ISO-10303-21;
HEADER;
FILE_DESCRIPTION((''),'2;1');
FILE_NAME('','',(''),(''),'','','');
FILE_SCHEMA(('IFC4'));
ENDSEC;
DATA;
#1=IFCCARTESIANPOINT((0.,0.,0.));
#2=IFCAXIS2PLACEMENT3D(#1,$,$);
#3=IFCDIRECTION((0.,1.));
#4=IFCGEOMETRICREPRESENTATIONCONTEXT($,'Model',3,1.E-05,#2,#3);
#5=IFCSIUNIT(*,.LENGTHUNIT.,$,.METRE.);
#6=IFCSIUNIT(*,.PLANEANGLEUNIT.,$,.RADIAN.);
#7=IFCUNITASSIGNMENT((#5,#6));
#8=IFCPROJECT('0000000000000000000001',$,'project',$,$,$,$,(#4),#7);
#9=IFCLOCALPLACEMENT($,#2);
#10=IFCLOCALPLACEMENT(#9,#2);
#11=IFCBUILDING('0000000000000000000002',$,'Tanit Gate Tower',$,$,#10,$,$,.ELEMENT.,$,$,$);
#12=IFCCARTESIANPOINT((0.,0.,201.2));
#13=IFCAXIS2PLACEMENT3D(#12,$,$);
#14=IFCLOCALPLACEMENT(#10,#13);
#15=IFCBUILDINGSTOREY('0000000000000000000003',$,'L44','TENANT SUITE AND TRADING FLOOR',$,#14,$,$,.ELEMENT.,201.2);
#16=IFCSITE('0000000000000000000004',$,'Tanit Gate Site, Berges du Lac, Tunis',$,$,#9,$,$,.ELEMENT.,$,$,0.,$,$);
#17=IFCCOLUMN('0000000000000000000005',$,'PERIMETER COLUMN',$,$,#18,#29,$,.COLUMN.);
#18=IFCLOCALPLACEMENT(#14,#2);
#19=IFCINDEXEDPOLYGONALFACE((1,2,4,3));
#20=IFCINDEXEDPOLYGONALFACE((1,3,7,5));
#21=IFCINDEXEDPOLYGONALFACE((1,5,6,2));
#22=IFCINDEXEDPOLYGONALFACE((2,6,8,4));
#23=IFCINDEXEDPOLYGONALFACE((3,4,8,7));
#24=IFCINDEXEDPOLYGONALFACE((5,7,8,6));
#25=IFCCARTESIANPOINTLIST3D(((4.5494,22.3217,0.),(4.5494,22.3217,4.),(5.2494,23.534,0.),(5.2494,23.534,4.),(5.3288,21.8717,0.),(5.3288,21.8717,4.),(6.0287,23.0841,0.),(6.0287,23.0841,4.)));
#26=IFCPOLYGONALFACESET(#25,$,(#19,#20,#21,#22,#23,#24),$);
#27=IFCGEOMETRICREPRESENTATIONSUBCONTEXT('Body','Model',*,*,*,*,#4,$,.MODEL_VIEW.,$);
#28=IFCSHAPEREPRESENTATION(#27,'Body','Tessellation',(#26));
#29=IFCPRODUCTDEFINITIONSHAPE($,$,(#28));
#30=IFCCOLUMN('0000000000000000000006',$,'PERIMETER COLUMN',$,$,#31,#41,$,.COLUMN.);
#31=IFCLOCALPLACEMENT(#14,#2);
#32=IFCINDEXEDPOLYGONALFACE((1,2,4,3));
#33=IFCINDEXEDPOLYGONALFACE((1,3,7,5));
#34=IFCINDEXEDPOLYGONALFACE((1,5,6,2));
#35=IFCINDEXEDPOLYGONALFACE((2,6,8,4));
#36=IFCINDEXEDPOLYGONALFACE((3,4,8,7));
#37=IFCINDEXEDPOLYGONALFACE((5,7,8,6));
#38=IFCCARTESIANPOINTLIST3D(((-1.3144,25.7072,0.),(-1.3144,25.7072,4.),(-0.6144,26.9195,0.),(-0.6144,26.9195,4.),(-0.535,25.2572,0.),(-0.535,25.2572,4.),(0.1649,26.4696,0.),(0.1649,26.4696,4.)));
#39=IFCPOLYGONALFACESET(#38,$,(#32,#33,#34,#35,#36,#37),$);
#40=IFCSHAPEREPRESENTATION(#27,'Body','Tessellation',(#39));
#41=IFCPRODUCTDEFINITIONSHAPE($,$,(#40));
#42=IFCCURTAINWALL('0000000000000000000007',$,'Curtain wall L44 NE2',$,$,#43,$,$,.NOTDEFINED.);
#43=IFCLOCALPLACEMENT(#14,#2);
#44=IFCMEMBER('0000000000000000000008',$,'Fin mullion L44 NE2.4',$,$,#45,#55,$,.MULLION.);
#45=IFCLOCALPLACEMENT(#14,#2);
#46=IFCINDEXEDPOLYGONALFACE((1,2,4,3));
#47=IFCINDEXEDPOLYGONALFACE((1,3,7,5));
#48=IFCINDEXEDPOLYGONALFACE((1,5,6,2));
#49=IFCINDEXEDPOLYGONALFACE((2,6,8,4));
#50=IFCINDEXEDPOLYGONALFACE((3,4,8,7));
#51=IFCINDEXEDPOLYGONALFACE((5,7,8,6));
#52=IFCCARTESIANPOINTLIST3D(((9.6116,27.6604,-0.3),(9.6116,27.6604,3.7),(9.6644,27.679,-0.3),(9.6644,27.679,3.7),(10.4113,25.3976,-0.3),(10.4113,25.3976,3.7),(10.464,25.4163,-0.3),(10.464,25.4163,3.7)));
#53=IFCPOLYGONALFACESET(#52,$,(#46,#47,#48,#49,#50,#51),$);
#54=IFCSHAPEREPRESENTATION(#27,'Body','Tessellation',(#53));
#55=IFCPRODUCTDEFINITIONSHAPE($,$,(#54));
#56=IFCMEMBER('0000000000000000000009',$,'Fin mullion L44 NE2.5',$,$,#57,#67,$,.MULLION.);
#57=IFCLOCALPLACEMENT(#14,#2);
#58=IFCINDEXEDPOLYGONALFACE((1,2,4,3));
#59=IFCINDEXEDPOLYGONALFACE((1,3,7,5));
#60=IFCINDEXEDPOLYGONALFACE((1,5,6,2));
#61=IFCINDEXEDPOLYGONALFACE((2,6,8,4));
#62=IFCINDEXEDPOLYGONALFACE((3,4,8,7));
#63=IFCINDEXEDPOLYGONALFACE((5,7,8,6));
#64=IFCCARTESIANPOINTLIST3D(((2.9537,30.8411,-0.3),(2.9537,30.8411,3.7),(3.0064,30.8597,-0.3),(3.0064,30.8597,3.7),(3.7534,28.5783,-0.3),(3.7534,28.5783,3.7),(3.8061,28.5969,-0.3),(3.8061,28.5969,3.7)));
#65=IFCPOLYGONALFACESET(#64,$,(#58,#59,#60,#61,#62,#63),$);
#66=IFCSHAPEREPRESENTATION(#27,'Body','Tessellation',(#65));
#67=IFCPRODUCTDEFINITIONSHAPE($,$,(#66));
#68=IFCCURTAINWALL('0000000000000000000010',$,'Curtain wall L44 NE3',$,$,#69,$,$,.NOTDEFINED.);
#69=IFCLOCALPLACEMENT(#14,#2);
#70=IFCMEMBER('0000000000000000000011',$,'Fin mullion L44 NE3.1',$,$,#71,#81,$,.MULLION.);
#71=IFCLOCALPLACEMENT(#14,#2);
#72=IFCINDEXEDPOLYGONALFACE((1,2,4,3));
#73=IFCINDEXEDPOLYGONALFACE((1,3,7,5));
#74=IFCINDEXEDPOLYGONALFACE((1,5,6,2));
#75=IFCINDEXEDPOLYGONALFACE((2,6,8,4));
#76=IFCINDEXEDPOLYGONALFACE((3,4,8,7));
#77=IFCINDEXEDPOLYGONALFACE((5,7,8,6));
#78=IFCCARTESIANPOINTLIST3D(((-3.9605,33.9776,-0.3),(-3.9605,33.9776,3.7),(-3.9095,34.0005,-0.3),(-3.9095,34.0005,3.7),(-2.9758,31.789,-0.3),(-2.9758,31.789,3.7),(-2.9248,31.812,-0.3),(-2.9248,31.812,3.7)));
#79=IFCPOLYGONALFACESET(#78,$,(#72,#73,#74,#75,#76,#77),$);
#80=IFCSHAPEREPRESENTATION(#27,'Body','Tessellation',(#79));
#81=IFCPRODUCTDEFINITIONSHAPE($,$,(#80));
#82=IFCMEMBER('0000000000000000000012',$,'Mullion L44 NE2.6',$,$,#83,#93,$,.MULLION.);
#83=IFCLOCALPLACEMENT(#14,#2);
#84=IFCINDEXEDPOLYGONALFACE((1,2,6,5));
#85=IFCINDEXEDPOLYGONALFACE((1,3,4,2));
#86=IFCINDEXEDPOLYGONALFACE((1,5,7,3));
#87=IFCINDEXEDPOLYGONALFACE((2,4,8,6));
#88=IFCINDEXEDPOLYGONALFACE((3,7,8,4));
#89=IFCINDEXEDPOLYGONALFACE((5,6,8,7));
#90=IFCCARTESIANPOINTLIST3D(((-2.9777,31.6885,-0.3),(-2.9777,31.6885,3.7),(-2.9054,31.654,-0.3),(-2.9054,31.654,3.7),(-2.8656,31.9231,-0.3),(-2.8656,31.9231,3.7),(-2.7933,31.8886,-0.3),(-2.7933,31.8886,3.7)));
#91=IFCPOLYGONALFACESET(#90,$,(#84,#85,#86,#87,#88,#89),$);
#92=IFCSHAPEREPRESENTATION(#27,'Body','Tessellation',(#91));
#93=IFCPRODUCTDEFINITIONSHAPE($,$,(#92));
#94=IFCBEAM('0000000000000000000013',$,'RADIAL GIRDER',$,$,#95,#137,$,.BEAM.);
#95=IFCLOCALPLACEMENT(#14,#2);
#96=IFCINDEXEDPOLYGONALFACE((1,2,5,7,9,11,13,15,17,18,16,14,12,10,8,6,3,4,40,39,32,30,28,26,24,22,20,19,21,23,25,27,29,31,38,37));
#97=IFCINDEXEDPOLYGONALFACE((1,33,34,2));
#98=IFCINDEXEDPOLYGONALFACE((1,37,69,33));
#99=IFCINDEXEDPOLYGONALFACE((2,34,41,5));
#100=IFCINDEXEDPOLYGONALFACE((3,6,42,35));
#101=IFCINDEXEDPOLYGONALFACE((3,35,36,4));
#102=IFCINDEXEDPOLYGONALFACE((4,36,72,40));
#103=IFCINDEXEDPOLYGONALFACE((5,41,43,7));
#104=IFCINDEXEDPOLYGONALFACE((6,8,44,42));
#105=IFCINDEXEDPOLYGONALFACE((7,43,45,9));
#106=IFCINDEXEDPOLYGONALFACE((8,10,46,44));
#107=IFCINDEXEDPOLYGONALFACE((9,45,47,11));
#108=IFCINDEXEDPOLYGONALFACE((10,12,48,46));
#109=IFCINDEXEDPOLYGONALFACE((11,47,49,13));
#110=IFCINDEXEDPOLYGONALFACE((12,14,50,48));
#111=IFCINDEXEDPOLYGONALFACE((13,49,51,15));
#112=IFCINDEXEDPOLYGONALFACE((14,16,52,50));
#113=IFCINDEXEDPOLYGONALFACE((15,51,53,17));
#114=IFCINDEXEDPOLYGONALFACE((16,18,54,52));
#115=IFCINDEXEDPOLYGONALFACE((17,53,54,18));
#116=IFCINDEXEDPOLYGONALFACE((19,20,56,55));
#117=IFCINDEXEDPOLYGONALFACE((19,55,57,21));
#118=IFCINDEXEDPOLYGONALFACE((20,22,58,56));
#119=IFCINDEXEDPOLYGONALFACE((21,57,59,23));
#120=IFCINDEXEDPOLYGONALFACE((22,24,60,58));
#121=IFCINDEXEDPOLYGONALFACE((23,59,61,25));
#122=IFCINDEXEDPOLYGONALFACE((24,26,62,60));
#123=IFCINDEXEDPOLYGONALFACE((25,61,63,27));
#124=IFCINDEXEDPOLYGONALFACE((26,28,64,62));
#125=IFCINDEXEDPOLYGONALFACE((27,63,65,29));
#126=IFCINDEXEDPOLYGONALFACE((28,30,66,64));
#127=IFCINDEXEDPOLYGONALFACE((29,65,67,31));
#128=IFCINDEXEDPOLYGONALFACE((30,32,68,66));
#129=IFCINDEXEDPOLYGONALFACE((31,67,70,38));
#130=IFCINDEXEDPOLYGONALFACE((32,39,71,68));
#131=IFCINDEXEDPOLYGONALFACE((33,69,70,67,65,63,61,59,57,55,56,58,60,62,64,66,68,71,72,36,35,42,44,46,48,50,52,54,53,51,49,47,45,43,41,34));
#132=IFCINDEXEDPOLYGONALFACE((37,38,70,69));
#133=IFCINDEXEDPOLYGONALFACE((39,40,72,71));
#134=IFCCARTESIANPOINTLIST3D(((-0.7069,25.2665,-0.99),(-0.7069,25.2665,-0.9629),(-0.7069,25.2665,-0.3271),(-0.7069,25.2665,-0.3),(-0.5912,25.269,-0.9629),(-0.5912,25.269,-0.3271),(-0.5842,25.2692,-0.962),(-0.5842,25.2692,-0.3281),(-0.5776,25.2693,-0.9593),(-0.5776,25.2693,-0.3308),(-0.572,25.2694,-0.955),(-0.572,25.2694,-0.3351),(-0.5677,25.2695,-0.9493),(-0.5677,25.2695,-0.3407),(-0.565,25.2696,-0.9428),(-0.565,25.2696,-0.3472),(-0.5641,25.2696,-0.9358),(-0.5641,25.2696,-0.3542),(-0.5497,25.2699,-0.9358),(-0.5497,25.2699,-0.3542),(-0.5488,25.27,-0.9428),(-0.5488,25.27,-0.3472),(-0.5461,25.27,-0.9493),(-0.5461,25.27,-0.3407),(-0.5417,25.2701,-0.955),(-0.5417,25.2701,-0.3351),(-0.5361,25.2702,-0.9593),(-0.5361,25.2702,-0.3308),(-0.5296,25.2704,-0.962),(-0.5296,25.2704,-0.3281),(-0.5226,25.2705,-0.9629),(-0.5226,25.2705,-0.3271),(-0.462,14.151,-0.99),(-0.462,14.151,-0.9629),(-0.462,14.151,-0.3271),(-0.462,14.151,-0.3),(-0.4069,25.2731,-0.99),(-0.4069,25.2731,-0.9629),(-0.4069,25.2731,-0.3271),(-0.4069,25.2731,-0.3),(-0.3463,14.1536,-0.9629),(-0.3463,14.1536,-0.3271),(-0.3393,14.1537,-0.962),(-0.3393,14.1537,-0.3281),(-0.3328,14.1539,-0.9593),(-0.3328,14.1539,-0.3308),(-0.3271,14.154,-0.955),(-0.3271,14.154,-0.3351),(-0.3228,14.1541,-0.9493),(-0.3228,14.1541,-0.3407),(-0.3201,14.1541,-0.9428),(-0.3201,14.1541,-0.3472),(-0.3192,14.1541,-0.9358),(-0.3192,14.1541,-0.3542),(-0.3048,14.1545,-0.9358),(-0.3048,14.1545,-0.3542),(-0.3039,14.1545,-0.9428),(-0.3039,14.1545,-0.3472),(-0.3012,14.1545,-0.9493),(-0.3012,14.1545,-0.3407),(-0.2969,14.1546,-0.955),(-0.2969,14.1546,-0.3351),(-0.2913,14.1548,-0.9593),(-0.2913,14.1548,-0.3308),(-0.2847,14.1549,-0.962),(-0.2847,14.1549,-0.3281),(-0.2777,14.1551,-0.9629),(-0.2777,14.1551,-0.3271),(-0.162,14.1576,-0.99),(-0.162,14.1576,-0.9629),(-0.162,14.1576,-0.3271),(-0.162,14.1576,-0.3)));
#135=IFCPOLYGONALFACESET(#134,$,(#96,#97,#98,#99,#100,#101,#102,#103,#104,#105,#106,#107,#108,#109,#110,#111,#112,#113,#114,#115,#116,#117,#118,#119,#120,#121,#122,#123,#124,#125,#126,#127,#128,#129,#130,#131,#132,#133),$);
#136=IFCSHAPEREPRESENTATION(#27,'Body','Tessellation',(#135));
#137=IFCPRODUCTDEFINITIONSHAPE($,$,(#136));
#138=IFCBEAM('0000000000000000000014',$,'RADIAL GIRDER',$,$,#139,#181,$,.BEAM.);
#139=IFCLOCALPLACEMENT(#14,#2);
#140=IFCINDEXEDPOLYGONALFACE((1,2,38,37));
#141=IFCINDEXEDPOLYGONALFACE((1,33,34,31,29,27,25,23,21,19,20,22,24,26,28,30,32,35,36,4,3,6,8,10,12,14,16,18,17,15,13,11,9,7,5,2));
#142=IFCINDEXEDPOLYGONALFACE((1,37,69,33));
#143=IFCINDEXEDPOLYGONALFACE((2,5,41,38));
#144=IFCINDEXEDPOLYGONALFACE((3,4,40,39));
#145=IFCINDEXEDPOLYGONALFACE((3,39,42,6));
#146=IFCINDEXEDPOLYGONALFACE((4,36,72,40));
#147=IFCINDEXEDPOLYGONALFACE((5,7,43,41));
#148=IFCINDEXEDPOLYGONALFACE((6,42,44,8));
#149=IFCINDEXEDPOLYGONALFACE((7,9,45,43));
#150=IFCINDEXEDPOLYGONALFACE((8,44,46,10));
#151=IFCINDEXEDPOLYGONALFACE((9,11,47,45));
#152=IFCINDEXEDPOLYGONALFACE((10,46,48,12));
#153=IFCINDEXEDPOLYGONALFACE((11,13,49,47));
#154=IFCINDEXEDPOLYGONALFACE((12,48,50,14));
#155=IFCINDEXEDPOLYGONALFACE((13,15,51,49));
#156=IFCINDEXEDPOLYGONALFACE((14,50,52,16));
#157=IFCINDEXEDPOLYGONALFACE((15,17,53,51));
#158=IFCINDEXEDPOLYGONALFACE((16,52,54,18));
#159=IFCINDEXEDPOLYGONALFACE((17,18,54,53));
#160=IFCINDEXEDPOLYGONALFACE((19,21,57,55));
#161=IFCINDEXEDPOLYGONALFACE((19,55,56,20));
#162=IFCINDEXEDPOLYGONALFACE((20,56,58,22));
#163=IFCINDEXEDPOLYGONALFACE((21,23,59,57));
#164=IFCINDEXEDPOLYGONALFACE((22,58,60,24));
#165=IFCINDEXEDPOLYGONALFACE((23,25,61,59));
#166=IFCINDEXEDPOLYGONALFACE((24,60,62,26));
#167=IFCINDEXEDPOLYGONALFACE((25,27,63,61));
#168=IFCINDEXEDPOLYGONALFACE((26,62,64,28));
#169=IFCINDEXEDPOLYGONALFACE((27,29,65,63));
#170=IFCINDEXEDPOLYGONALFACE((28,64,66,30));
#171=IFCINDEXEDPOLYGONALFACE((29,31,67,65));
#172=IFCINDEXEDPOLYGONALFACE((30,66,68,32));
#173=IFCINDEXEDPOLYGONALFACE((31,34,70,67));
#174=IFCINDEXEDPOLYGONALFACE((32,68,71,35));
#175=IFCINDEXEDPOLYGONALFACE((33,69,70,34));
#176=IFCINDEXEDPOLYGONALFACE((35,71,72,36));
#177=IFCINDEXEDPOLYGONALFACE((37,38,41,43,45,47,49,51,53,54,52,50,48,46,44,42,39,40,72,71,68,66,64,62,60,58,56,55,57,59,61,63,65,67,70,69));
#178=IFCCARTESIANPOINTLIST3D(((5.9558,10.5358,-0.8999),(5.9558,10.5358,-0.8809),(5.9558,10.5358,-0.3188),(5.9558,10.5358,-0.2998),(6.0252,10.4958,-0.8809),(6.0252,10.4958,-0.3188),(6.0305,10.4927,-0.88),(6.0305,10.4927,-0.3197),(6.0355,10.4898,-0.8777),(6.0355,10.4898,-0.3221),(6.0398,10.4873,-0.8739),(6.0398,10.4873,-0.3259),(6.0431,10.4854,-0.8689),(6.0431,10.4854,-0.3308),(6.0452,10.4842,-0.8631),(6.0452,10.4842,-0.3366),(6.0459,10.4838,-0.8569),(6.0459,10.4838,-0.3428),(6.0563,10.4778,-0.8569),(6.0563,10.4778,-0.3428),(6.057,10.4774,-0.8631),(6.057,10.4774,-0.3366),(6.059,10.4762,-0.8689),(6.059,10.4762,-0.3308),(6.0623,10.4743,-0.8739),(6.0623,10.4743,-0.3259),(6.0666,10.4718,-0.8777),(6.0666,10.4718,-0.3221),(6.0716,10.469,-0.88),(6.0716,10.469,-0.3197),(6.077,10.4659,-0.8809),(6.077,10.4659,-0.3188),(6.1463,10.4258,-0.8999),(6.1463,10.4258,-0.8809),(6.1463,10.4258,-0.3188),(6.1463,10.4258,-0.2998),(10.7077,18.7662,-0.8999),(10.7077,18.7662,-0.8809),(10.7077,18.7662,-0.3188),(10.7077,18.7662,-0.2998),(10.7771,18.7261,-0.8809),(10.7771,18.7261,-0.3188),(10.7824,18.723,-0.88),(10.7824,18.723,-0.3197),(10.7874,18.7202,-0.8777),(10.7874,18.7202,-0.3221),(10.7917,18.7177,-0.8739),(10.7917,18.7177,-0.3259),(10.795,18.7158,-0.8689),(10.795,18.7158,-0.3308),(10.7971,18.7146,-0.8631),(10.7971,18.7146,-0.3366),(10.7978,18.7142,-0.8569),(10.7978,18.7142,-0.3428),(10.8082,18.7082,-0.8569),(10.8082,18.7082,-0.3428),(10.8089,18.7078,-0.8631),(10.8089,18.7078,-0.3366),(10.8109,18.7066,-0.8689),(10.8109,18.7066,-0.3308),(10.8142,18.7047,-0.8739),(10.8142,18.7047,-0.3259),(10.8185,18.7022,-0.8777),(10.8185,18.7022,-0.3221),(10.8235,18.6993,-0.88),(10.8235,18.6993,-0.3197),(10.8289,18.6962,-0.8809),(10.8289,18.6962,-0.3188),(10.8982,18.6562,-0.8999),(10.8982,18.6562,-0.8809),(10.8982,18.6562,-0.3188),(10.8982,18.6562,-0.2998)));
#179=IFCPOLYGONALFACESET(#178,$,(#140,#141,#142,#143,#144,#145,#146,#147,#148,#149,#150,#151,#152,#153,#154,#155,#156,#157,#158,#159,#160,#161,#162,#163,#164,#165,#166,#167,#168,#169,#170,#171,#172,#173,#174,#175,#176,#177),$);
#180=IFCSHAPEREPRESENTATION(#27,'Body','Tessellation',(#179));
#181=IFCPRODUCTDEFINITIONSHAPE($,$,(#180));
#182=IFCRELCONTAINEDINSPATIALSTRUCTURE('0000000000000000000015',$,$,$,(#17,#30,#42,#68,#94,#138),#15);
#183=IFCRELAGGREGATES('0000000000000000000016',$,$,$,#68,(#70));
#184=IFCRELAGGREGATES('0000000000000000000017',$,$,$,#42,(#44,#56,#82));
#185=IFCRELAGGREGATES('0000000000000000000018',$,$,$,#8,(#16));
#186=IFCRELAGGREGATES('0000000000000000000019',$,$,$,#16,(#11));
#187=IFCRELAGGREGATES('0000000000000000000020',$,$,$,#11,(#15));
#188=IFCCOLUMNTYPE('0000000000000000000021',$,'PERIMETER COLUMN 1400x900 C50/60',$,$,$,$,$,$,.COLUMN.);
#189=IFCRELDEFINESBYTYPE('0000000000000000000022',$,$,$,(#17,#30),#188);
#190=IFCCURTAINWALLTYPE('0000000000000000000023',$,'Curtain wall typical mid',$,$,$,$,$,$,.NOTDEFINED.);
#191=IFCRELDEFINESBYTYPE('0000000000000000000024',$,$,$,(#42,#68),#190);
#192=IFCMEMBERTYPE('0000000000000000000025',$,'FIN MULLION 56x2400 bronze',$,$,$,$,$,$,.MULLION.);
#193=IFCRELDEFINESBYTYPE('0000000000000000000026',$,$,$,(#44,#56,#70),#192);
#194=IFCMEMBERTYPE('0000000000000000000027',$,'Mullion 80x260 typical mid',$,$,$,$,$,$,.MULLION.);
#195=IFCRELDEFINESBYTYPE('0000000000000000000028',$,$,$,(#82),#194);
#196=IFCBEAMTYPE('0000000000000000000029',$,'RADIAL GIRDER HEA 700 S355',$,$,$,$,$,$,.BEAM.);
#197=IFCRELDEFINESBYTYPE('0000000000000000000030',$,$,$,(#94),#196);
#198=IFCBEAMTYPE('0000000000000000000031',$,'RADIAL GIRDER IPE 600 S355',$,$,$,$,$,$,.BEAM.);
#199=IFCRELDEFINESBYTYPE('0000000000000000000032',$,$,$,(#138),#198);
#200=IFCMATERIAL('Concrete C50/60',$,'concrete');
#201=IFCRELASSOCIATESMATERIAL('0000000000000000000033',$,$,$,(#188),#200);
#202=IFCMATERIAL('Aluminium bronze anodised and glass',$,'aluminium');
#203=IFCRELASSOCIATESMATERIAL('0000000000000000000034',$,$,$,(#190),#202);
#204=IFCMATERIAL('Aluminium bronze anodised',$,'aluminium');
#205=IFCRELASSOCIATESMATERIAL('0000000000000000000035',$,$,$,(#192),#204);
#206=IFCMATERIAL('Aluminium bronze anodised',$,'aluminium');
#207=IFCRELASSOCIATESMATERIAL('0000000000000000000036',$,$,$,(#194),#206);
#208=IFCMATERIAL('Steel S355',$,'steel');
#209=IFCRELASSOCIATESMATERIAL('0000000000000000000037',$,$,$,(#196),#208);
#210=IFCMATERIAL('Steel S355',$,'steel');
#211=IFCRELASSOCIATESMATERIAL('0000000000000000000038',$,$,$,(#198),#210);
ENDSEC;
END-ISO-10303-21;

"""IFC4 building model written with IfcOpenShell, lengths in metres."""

from ifc_helpers import new_model, si_unit, direction, frame, origin, origin_2d, place, context, subcontext, project, spatial, rectangle, i_section, extrude, material, material_profile, profile_set, type_object, element, aggregate, save


model = new_model("IFC4")

# Units and contexts
model_context = context("Model", 3, precision=1e-05, world=origin(), true_north=direction((0.0, 1.0)))
body_context = subcontext(model_context, "Body", "Model", "MODEL_VIEW")
ifc_project = project(units=[si_unit("LENGTHUNIT", "METRE"), si_unit("PLANEANGLEUNIT", "RADIAN")], contexts=[model_context])

# Site, building, storey
site_placement = place(None, origin())
site = spatial("IfcSite", under=ifc_project, at=site_placement, Name="Tanit Gate Site, Berges du Lac, Tunis", CompositionType="ELEMENT", RefElevation=0.0)
building_placement = place(site_placement, origin())
building = spatial("IfcBuilding", under=site, at=building_placement, Name="Tanit Gate Tower", CompositionType="ELEMENT")
storey_placement = place(building_placement, frame((0.0, 0.0, 201.2)))
storey = spatial("IfcBuildingStorey", under=building, at=storey_placement, Name="L44", Description="TENANT SUITE AND TRADING FLOOR", CompositionType="ELEMENT", Elevation=201.2)

# Columns
ifc_material_1 = material(Name="Concrete C50/60", Category="concrete")
ifc_material_profile_1 = material_profile(ifc_material_1, rectangle(XDim=1.3999, YDim=0.8999, at=origin_2d()), Name="RC 1400x900")
ifc_profile_set_1 = profile_set([ifc_material_profile_1], Name="Concrete C50/60")
column_type = type_object("IfcColumnType", Name="PERIMETER COLUMN 1400x900 C50/60", PredefinedType="COLUMN", material=ifc_profile_set_1)
for number, where, z_axis, x_axis, name in (
    (1, (5.2891, 22.7029, 0.0), (0.0, 0.0, 1.0), (0.5, 0.866025, 0.0), "PERIMETER COLUMN"),
    (2, (-0.5747, 26.0884, 0.0), (0.0, 0.0, 1.0), (0.5, 0.866025, 0.0), "PERIMETER COLUMN"),
):
    element("IfcColumn", number, at=place(storey_placement, frame(where, z_axis=z_axis, x_axis=x_axis)), inside=storey, type_object=column_type, Name=name, PredefinedType="COLUMN", context=body_context, shape_type="SweptSolid", body=[
        extrude(rectangle(XDim=1.3999, YDim=0.8999, at=origin_2d()), origin(), (0.0, 0.0, 1.0), 4.0),
    ])

# Curtain wall, members
ifc_material_2 = material(Name="Aluminium bronze anodised and glass", Category="aluminium")
curtain_wall_type = type_object("IfcCurtainWallType", Name="Curtain wall typical mid", PredefinedType="NOTDEFINED", material=ifc_material_2)
curtain_wall_1_placement = place(storey_placement, origin())
curtain_wall_1 = element("IfcCurtainWall", 3, at=curtain_wall_1_placement, inside=storey, type_object=curtain_wall_type, Name="Curtain wall L44 NE2", PredefinedType="NOTDEFINED")
ifc_material_3 = material(Name="Aluminium bronze anodised", Category="aluminium")
ifc_material_profile_2 = material_profile(ifc_material_3, rectangle(XDim=2.3999, YDim=0.0559, at=origin_2d()), Name="56x2400 bronze fin mullion")
ifc_profile_set_2 = profile_set([ifc_material_profile_2], Name="Aluminium bronze anodised")
member_type_1 = type_object("IfcMemberType", Name="FIN MULLION 56x2400 bronze", PredefinedType="MULLION", material=ifc_profile_set_2)
member_1_placement = place(storey_placement, frame((10.0378, 26.5383, -0.3), z_axis=(0.0, 0.0, 1.0), x_axis=(0.33322, -0.942849, 0.0)))
member_1 = element("IfcMember", 4, at=member_1_placement, type_object=member_type_1, Name="Fin mullion L44 NE2.4", PredefinedType="MULLION", context=body_context, shape_type="SweptSolid", body=[
    extrude(rectangle(XDim=2.3999, YDim=0.0559, at=origin_2d()), origin(), (0.0, 0.0, 1.0), 4.0),
])
member_2_placement = place(storey_placement, frame((3.3799, 29.719, -0.3), z_axis=(0.0, 0.0, 1.0), x_axis=(0.33322, -0.942849, 0.0)))
member_2 = element("IfcMember", 5, at=member_2_placement, type_object=member_type_1, Name="Fin mullion L44 NE2.5", PredefinedType="MULLION", context=body_context, shape_type="SweptSolid", body=[
    extrude(rectangle(XDim=2.3999, YDim=0.0559, at=origin_2d()), origin(), (0.0, 0.0, 1.0), 4.0),
])

# Curtain wall, member
curtain_wall_2_placement = place(storey_placement, origin())
curtain_wall_2 = element("IfcCurtainWall", 6, at=curtain_wall_2_placement, inside=storey, type_object=curtain_wall_type, Name="Curtain wall L44 NE3", PredefinedType="NOTDEFINED")
member_3_placement = place(storey_placement, frame((-3.4426, 32.8948, -0.3), z_axis=(0.0, 0.0, 1.0), x_axis=(0.41031, -0.911946, 0.0)))
member_3 = element("IfcMember", 7, at=member_3_placement, type_object=member_type_1, Name="Fin mullion L44 NE3.1", PredefinedType="MULLION", context=body_context, shape_type="SweptSolid", body=[
    extrude(rectangle(XDim=2.3999, YDim=0.0559, at=origin_2d()), origin(), (0.0, 0.0, 1.0), 4.0),
])

# Member
ifc_material_4 = material(Name="Aluminium bronze anodised", Category="aluminium")
ifc_material_profile_3 = material_profile(ifc_material_4, rectangle(XDim=0.26, YDim=0.0801, at=origin_2d()), Name="80x260 bronze mullion")
ifc_profile_set_3 = profile_set([ifc_material_profile_3], Name="Aluminium bronze anodised")
member_type_2 = type_object("IfcMemberType", Name="Mullion 80x260 typical mid", PredefinedType="MULLION", material=ifc_profile_set_3)
member_4_placement = place(storey_placement, frame((-2.8855, 31.7886, -0.3), z_axis=(0.0, 0.0, 1.0), x_axis=(-0.431073, -0.902317, 0.0)))
member_4 = element("IfcMember", 8, at=member_4_placement, type_object=member_type_2, Name="Mullion L44 NE2.6", PredefinedType="MULLION", context=body_context, shape_type="SweptSolid", body=[
    extrude(rectangle(XDim=0.26, YDim=0.0801, at=origin_2d()), origin(), (0.0, 0.0, 1.0), 4.0),
])

# Beams
ifc_material_5 = material(Name="Steel S355", Category="steel")
ifc_material_profile_4 = material_profile(ifc_material_5, i_section(OverallWidth=0.3, OverallDepth=0.6899, WebThickness=0.0144, FlangeThickness=0.0271, FilletRadius=0.0271, at=origin_2d()), Name="HEA 700")
ifc_profile_set_4 = profile_set([ifc_material_profile_4], Name="Steel S355")
beam_type_1 = type_object("IfcBeamType", Name="RADIAL GIRDER HEA 700 S355", PredefinedType="BEAM", material=ifc_profile_set_4)
beam_1_placement = place(storey_placement, frame((-0.5569, 25.2698, -0.645), z_axis=(0.022025, -0.999757, 0.0), x_axis=(0.999757, 0.022025, 0.0)))
element("IfcBeam", 9, at=beam_1_placement, inside=storey, type_object=beam_type_1, Name="RADIAL GIRDER", PredefinedType="BEAM", context=body_context, shape_type="SweptSolid", body=[
    extrude(i_section(OverallWidth=0.3, OverallDepth=0.6899, WebThickness=0.0144, FlangeThickness=0.0271, FilletRadius=0.0271, at=origin_2d()), origin(), (0.0, 0.0, 1.0), 11.1182),
])
ifc_material_6 = material(Name="Steel S355", Category="steel")
ifc_material_profile_5 = material_profile(ifc_material_6, i_section(OverallWidth=0.22, OverallDepth=0.6001, WebThickness=0.012, FlangeThickness=0.019, FilletRadius=0.0239, at=origin_2d()), Name="IPE 600")
ifc_profile_set_5 = profile_set([ifc_material_profile_5], Name="Steel S355")
beam_type_2 = type_object("IfcBeamType", Name="RADIAL GIRDER IPE 600 S355", PredefinedType="BEAM", material=ifc_profile_set_5)
beam_2_placement = place(storey_placement, frame((10.803, 18.7112, -0.5999), z_axis=(-0.500007, -0.866021, 0.0), x_axis=(0.866021, -0.500007, 0.0)))
element("IfcBeam", 10, at=beam_2_placement, inside=storey, type_object=beam_type_2, Name="RADIAL GIRDER", PredefinedType="BEAM", context=body_context, shape_type="SweptSolid", body=[
    extrude(i_section(OverallWidth=0.22, OverallDepth=0.6001, WebThickness=0.012, FlangeThickness=0.019, FilletRadius=0.0239, at=origin_2d()), origin(), (0.0, 0.0, 1.0), 9.5037),
])

aggregate(curtain_wall_2, [member_3])

aggregate(curtain_wall_1, [member_1, member_2, member_4])

save(model, "model.ifc")
